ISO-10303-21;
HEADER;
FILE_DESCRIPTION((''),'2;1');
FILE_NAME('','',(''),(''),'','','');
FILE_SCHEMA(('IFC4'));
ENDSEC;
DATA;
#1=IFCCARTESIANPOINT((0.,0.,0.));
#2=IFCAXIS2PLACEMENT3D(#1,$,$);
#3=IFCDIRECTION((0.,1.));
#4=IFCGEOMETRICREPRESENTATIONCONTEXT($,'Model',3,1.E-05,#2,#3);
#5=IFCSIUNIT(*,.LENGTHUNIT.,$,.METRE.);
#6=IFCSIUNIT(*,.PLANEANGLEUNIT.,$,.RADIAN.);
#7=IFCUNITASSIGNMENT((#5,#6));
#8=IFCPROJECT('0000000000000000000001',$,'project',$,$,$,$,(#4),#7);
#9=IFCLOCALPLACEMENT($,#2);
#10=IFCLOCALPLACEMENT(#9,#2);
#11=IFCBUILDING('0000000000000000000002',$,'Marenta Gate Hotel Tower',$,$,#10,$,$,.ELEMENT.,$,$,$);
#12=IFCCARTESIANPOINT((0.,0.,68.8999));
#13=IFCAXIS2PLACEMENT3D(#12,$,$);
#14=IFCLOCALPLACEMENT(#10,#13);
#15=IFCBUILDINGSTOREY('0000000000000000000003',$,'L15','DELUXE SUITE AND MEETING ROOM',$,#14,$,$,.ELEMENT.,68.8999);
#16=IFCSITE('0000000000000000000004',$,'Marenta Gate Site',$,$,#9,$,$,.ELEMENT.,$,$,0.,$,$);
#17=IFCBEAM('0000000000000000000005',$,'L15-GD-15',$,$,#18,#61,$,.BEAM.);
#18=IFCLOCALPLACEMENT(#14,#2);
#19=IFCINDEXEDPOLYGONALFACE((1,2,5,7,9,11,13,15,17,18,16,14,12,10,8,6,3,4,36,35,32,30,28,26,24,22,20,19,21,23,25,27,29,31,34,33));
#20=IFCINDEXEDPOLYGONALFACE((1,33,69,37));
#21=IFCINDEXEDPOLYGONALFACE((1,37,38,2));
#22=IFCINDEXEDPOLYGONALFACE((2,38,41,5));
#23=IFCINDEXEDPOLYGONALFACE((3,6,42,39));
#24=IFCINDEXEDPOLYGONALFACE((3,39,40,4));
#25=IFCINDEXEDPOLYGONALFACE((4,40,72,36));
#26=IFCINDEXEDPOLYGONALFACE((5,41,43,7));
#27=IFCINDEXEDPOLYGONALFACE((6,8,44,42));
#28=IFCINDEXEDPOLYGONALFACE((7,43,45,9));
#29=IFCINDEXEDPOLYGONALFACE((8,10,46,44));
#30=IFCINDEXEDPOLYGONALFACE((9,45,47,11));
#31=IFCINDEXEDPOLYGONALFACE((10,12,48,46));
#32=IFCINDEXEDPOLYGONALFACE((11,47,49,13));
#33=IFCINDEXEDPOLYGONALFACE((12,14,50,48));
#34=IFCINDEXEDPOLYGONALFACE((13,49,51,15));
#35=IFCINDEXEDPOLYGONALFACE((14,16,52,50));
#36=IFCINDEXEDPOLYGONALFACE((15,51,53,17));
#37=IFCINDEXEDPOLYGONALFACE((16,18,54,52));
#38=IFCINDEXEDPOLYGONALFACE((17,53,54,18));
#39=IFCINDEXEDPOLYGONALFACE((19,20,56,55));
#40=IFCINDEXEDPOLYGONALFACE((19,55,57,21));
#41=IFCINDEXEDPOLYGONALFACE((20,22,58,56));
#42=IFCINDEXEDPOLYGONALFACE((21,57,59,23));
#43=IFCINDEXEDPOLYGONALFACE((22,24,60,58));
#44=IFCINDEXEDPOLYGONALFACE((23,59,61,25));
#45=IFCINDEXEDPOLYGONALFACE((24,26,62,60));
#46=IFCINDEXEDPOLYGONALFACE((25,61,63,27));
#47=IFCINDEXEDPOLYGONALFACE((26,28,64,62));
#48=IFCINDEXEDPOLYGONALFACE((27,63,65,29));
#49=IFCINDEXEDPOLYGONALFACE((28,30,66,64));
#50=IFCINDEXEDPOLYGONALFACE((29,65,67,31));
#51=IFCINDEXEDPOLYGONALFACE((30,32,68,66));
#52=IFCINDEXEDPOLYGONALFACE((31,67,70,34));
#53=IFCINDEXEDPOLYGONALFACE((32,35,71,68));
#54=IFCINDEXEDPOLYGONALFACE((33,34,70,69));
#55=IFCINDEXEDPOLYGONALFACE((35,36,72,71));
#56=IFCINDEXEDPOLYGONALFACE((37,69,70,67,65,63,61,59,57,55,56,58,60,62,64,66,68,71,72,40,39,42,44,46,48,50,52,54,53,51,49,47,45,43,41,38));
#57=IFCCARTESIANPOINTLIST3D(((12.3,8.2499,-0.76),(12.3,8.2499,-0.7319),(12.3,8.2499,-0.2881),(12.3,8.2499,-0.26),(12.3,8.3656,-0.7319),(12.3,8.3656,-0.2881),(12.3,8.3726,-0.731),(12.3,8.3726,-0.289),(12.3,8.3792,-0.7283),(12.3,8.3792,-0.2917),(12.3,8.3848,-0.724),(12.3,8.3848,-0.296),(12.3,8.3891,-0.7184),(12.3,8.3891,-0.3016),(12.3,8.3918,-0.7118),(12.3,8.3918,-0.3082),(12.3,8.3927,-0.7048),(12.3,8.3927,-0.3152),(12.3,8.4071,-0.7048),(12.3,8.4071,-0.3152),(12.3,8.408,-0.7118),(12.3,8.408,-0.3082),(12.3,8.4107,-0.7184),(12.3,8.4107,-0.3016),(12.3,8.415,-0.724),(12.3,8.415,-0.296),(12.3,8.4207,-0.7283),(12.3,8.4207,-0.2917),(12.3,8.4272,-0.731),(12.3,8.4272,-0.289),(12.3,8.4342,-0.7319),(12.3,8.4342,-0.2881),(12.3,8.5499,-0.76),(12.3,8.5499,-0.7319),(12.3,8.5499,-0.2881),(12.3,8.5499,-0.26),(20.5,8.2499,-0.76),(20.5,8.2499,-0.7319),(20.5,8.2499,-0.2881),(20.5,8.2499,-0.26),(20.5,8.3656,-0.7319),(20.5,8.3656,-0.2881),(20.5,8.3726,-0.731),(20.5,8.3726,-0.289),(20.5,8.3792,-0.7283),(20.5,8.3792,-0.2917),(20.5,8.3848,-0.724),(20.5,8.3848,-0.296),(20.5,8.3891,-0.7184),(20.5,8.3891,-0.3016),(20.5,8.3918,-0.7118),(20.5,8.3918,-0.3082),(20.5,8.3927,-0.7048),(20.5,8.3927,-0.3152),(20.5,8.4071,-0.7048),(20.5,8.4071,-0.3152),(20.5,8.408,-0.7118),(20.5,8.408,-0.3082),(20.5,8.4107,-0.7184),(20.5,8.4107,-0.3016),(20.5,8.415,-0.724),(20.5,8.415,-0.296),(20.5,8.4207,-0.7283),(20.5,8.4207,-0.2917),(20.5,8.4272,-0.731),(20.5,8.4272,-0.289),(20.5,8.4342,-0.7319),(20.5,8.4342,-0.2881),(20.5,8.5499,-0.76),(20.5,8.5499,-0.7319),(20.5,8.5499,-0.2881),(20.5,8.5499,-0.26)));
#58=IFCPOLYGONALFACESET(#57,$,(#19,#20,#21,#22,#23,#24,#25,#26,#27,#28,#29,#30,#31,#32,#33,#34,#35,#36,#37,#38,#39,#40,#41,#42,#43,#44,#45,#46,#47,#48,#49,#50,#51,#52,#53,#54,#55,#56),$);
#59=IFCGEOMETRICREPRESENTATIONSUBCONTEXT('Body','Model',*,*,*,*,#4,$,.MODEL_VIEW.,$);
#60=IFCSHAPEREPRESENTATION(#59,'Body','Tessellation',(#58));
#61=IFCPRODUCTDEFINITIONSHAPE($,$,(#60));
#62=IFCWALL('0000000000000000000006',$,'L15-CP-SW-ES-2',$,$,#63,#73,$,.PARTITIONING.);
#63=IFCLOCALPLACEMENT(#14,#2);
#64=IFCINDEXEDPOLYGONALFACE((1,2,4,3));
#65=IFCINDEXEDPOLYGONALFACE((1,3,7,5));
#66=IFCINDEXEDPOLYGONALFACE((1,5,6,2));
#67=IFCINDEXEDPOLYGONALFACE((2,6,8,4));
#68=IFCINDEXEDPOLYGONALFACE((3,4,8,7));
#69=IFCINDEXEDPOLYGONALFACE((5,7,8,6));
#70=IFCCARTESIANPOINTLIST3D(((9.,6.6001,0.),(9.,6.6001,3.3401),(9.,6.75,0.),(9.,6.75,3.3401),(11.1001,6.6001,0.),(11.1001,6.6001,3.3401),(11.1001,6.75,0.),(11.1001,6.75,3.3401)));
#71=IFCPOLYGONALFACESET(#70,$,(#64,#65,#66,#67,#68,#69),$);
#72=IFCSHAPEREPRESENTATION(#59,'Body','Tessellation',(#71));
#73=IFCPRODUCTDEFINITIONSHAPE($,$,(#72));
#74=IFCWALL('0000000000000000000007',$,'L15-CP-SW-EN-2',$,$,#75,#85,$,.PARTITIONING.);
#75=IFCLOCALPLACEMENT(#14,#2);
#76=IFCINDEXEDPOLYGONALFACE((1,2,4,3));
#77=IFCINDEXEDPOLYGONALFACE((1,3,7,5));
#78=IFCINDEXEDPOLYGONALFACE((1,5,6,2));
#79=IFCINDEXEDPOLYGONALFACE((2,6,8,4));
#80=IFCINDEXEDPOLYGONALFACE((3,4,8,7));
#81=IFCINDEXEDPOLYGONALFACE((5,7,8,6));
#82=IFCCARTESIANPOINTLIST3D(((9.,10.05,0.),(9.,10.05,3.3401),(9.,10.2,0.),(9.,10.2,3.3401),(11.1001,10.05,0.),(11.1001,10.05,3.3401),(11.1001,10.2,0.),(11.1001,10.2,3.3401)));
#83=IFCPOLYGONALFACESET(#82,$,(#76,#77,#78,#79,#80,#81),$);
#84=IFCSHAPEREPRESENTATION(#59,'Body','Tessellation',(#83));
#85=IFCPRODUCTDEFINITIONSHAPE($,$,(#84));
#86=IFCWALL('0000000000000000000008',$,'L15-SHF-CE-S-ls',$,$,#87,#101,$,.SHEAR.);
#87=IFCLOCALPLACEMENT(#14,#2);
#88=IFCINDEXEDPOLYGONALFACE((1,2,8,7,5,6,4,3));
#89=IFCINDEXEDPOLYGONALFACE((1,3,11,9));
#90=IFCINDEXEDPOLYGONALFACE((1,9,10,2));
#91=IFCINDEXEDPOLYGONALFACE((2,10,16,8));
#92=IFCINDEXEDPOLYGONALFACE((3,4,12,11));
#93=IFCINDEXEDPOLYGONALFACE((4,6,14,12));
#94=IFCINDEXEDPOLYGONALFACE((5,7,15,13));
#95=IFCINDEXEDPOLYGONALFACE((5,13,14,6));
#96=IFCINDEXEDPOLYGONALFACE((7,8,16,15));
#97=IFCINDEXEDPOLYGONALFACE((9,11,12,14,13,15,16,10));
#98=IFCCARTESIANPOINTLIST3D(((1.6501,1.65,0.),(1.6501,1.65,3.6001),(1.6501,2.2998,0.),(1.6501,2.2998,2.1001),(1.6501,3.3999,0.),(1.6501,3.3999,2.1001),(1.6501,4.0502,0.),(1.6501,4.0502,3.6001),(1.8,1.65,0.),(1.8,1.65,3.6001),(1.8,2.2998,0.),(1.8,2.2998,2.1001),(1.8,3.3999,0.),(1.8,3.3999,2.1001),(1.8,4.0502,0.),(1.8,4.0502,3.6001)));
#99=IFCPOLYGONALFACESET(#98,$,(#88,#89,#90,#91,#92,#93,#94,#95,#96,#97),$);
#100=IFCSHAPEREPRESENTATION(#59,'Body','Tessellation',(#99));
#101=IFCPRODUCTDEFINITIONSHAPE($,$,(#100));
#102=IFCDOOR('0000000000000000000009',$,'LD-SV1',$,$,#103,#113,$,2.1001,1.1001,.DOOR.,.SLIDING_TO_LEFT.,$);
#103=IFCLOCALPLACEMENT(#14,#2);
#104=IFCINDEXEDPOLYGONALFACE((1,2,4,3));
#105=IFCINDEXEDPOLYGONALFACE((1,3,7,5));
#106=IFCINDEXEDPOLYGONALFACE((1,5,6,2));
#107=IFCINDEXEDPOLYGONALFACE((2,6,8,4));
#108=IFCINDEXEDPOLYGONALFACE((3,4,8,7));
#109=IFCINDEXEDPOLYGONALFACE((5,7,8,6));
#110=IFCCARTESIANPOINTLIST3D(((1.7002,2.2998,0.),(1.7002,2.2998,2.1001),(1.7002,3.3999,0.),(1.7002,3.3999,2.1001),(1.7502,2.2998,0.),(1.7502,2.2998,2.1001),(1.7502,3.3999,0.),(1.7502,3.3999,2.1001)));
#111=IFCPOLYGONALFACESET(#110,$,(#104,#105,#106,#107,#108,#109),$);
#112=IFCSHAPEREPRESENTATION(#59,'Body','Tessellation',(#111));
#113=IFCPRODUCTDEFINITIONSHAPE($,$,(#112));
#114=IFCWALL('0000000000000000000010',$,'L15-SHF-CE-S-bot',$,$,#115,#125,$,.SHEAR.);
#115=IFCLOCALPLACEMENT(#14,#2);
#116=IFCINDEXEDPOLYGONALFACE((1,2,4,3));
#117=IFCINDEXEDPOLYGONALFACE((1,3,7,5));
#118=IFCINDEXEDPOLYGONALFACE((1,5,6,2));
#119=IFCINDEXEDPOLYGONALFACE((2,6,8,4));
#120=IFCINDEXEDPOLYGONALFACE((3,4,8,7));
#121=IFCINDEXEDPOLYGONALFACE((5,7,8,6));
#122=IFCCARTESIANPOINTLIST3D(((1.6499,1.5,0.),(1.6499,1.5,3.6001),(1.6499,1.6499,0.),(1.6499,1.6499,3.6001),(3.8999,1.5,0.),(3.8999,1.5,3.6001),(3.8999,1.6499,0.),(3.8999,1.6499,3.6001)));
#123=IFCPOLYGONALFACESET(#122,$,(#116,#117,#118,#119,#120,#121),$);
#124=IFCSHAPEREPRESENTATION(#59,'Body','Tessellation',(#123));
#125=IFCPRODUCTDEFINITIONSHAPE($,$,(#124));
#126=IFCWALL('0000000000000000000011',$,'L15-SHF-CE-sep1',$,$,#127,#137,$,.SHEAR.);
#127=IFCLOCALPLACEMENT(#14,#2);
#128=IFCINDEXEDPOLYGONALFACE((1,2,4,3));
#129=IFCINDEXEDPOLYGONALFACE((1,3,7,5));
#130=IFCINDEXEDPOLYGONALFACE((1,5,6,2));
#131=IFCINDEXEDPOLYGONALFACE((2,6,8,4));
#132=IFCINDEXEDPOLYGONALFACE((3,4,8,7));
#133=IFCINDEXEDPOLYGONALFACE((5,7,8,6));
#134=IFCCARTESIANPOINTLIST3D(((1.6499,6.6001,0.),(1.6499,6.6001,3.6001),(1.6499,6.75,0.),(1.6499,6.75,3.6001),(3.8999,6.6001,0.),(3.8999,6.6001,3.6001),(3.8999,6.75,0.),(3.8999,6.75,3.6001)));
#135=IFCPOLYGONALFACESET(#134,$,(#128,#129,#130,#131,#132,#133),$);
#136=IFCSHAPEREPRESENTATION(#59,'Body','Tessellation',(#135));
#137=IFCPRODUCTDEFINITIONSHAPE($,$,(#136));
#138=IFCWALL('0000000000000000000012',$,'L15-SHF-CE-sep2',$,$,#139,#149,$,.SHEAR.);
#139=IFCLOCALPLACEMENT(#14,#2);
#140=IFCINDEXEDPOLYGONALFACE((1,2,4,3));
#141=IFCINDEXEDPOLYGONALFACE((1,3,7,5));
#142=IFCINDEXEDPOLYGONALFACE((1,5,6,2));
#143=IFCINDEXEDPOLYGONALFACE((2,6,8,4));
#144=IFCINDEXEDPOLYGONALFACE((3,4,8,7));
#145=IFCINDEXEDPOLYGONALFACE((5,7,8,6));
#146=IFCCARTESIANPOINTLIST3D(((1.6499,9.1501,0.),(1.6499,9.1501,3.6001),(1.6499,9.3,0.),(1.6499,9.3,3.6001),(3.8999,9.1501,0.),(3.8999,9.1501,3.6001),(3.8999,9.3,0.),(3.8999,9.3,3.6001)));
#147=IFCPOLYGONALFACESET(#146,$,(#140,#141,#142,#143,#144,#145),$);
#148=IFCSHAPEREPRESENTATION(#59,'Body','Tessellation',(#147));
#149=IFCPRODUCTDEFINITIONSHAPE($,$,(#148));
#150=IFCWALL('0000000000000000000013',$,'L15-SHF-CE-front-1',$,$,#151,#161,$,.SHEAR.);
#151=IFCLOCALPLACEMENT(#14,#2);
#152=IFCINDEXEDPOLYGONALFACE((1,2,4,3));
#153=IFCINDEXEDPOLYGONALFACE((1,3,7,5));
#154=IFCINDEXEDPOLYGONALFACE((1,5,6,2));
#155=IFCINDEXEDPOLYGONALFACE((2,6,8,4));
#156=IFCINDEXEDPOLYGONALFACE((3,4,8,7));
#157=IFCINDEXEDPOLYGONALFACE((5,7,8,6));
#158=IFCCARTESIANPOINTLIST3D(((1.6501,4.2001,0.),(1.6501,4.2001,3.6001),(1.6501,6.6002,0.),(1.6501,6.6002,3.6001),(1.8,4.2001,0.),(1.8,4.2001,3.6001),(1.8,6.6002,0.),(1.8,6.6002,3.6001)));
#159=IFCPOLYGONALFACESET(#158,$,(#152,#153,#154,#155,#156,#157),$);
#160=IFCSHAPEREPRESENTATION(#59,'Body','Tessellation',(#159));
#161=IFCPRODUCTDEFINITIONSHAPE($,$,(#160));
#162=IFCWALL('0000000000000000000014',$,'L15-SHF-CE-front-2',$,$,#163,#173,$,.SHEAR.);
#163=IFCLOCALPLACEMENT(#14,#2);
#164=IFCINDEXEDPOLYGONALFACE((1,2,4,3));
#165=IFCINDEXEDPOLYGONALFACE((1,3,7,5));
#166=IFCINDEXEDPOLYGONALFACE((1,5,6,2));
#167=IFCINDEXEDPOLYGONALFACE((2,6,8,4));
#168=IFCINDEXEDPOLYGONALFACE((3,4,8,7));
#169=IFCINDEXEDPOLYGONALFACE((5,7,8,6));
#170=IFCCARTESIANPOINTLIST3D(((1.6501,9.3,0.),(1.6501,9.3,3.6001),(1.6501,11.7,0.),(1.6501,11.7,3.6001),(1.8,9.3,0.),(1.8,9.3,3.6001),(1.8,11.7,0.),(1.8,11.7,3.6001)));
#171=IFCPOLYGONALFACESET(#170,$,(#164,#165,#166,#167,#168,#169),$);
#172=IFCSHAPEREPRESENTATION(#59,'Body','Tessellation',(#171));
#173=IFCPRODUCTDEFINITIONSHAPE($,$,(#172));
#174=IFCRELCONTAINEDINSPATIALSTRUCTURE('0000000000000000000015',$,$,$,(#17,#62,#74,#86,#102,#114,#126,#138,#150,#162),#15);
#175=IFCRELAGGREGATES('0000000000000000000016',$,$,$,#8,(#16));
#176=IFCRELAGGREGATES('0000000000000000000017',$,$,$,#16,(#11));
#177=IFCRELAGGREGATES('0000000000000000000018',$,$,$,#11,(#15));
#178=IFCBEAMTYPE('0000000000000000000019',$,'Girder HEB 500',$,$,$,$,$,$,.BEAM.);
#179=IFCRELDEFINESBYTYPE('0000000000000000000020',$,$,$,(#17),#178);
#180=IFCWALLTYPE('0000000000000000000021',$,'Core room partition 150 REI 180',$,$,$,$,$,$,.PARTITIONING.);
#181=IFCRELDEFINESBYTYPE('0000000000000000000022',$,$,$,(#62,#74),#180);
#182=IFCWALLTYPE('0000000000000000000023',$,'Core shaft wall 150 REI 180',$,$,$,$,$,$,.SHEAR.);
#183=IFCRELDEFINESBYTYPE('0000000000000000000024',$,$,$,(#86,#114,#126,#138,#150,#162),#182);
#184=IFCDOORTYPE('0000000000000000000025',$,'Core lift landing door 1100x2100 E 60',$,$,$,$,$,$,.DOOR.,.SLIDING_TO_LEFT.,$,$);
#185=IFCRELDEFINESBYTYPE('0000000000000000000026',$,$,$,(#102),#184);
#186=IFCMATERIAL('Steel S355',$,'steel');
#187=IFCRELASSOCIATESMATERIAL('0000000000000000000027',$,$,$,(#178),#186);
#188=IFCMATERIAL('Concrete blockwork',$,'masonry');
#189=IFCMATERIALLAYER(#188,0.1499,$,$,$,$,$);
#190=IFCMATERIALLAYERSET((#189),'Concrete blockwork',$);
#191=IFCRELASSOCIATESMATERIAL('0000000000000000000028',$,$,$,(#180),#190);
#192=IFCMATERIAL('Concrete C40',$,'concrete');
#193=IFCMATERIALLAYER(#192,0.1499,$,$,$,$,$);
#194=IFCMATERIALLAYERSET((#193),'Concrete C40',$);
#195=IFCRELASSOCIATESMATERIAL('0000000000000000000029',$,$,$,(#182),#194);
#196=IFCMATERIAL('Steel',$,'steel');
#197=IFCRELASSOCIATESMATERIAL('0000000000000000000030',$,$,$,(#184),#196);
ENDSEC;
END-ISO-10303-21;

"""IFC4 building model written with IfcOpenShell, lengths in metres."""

from ifc_helpers import new_model, si_unit, direction, frame, frame_2d, origin, origin_2d, place, context, subcontext, project, spatial, rectangle, i_section, extrude, material, layer, layer_set, material_profile, profile_set, type_object, element, fill, save


model = new_model("IFC4")

# Units and contexts
model_context = context("Model", 3, precision=1e-05, world=origin(), true_north=direction((0.0, 1.0)))
body_context = subcontext(model_context, "Body", "Model", "MODEL_VIEW")
ifc_project = project(units=[si_unit("LENGTHUNIT", "METRE"), si_unit("PLANEANGLEUNIT", "RADIAN")], contexts=[model_context])

# Site, building, storey
site_placement = place(None, origin())
site = spatial("IfcSite", under=ifc_project, at=site_placement, Name="Marenta Gate Site", CompositionType="ELEMENT", RefElevation=0.0)
building_placement = place(site_placement, origin())
building = spatial("IfcBuilding", under=site, at=building_placement, Name="Marenta Gate Hotel Tower", CompositionType="ELEMENT")
storey_placement = place(building_placement, frame((0.0, 0.0, 68.8999)))
storey = spatial("IfcBuildingStorey", under=building, at=storey_placement, Name="L15", Description="DELUXE SUITE AND MEETING ROOM", CompositionType="ELEMENT", Elevation=68.8999)

# Beam
ifc_material_1 = material(Name="Steel S355", Category="steel")
ifc_material_profile = material_profile(ifc_material_1, i_section(OverallWidth=0.3, OverallDepth=0.5, WebThickness=0.0144, FlangeThickness=0.0281, FilletRadius=0.0271, at=origin_2d()), Name="HEB 500")
ifc_profile_set = profile_set([ifc_material_profile], Name="Steel S355")
beam_type = type_object("IfcBeamType", Name="Girder HEB 500", PredefinedType="BEAM", material=ifc_profile_set)
beam_placement = place(storey_placement, frame((12.3, 8.3999, -0.51), z_axis=(1.0, 0.0, 0.0), x_axis=(0.0, 1.0, 0.0)))
element("IfcBeam", 1, at=beam_placement, inside=storey, type_object=beam_type, Name="L15-GD-15", PredefinedType="BEAM", context=body_context, shape_type="SweptSolid", body=[
    extrude(i_section(OverallWidth=0.3, OverallDepth=0.5, WebThickness=0.0144, FlangeThickness=0.0281, FilletRadius=0.0271, at=origin_2d()), origin(), (0.0, 0.0, 1.0), 8.2),
])

# Walls
ifc_material_2 = material(Name="Concrete blockwork", Category="masonry")
ifc_layer_1 = layer(ifc_material_2, 0.1499)
ifc_layer_set_1 = layer_set([ifc_layer_1], Name="Concrete blockwork")
wall_type_1 = type_object("IfcWallType", Name="Core room partition 150 REI 180", PredefinedType="PARTITIONING", material=ifc_layer_set_1)
for number, where, z_axis, x_axis, name in (
    (2, (9.0, 6.675, 0.0), (0.0, 0.0, 1.0), (1.0, 0.0, 0.0), "L15-CP-SW-ES-2"),
    (3, (9.0, 10.125, 0.0), (0.0, 0.0, 1.0), (1.0, 0.0, 0.0), "L15-CP-SW-EN-2"),
):
    element("IfcWall", number, at=place(storey_placement, frame(where, z_axis=z_axis, x_axis=x_axis)), inside=storey, type_object=wall_type_1, Name=name, PredefinedType="PARTITIONING", context=body_context, shape_type="SweptSolid", body=[
        extrude(rectangle(XDim=2.1001, YDim=0.1499, at=frame_2d((1.05, 0.0))), origin(), (0.0, 0.0, 1.0), 3.3401),
    ])

# Wall, opening, door
ifc_material_3 = material(Name="Concrete C40", Category="concrete")
ifc_layer_2 = layer(ifc_material_3, 0.1499)
ifc_layer_set_2 = layer_set([ifc_layer_2], Name="Concrete C40")
wall_type_2 = type_object("IfcWallType", Name="Core shaft wall 150 REI 180", PredefinedType="SHEAR", material=ifc_layer_set_2)
wall_1_placement = place(storey_placement, frame((1.7251, 1.6499, 0.0), z_axis=(0.0, 0.0, 1.0), x_axis=(0.0, 1.0, 0.0)))
wall_1 = element("IfcWall", 4, at=wall_1_placement, inside=storey, type_object=wall_type_2, Name="L15-SHF-CE-S-ls", PredefinedType="SHEAR", context=body_context, shape_type="SweptSolid", body=[
    extrude(rectangle(XDim=2.4001, YDim=0.1499, at=frame_2d((1.2002, 0.0))), origin(), (0.0, 0.0, 1.0), 3.6001),
])
opening_1_placement = place(wall_1_placement, frame((0.6499, 0.0, 0.0)))
opening_1 = element("IfcOpeningElement", 5, at=opening_1_placement, cuts=wall_1, PredefinedType="OPENING", context=body_context, shape_type="SweptSolid", body=[
    extrude(rectangle(XDim=1.1001, YDim=2.1001, at=frame_2d((0.55, 1.05))), frame((0.0, 0.075, 0.0), z_axis=(0.0, -1.0, 0.0), x_axis=(1.0, 0.0, 0.0)), (0.0, 0.0, 1.0), 0.1499),
])
ifc_material_4 = material(Name="Steel", Category="steel")
door_type_1 = type_object("IfcDoorType", Name="Core lift landing door 1100x2100 E 60", OperationType="SLIDING_TO_LEFT", PredefinedType="DOOR", material=ifc_material_4)
door_1_placement = place(opening_1_placement, origin())
door_1 = element("IfcDoor", 6, at=door_1_placement, inside=storey, type_object=door_type_1, Name="LD-SV1", OperationType="SLIDING_TO_LEFT", OverallHeight=2.1001, OverallWidth=1.1001, PredefinedType="DOOR", context=body_context, shape_type="SweptSolid", body=[
    extrude(rectangle(XDim=1.1001, YDim=2.1001, at=frame_2d((0.55, 1.05))), frame((0.0, 0.0249, 0.0), z_axis=(0.0, -1.0, 0.0), x_axis=(1.0, 0.0, 0.0)), (0.0, 0.0, 1.0), 0.05),
])
fill(opening_1, door_1)

# Walls
for number, where, z_axis, x_axis, name in (
    (7, (1.6499, 1.575, 0.0), (0.0, 0.0, 1.0), (1.0, 0.0, 0.0), "L15-SHF-CE-S-bot"),
    (8, (1.6499, 6.675, 0.0), (0.0, 0.0, 1.0), (1.0, 0.0, 0.0), "L15-SHF-CE-sep1"),
    (9, (1.6499, 9.2251, 0.0), (0.0, 0.0, 1.0), (1.0, 0.0, 0.0), "L15-SHF-CE-sep2"),
):
    element("IfcWall", number, at=place(storey_placement, frame(where, z_axis=z_axis, x_axis=x_axis)), inside=storey, type_object=wall_type_2, Name=name, PredefinedType="SHEAR", context=body_context, shape_type="SweptSolid", body=[
        extrude(rectangle(XDim=2.25, YDim=0.1499, at=frame_2d((1.125, 0.0))), origin(), (0.0, 0.0, 1.0), 3.6001),
    ])
wall_2_placement = place(storey_placement, frame((1.7251, 4.2, 0.0), z_axis=(0.0, 0.0, 1.0), x_axis=(0.0, 1.0, 0.0)))
element("IfcWall", 10, at=wall_2_placement, inside=storey, type_object=wall_type_2, Name="L15-SHF-CE-front-1", PredefinedType="SHEAR", context=body_context, shape_type="SweptSolid", body=[
    extrude(rectangle(XDim=2.4001, YDim=0.1499, at=frame_2d((1.2002, 0.0))), origin(), (0.0, 0.0, 1.0), 3.6001),
])
wall_3_placement = place(storey_placement, frame((1.7251, 9.3, 0.0), z_axis=(0.0, 0.0, 1.0), x_axis=(0.0, 1.0, 0.0)))
element("IfcWall", 11, at=wall_3_placement, inside=storey, type_object=wall_type_2, Name="L15-SHF-CE-front-2", PredefinedType="SHEAR", context=body_context, shape_type="SweptSolid", body=[
    extrude(rectangle(XDim=2.3999, YDim=0.1499, at=frame_2d((1.2, 0.0))), origin(), (0.0, 0.0, 1.0), 3.6001),
])

save(model, "model.ifc")
